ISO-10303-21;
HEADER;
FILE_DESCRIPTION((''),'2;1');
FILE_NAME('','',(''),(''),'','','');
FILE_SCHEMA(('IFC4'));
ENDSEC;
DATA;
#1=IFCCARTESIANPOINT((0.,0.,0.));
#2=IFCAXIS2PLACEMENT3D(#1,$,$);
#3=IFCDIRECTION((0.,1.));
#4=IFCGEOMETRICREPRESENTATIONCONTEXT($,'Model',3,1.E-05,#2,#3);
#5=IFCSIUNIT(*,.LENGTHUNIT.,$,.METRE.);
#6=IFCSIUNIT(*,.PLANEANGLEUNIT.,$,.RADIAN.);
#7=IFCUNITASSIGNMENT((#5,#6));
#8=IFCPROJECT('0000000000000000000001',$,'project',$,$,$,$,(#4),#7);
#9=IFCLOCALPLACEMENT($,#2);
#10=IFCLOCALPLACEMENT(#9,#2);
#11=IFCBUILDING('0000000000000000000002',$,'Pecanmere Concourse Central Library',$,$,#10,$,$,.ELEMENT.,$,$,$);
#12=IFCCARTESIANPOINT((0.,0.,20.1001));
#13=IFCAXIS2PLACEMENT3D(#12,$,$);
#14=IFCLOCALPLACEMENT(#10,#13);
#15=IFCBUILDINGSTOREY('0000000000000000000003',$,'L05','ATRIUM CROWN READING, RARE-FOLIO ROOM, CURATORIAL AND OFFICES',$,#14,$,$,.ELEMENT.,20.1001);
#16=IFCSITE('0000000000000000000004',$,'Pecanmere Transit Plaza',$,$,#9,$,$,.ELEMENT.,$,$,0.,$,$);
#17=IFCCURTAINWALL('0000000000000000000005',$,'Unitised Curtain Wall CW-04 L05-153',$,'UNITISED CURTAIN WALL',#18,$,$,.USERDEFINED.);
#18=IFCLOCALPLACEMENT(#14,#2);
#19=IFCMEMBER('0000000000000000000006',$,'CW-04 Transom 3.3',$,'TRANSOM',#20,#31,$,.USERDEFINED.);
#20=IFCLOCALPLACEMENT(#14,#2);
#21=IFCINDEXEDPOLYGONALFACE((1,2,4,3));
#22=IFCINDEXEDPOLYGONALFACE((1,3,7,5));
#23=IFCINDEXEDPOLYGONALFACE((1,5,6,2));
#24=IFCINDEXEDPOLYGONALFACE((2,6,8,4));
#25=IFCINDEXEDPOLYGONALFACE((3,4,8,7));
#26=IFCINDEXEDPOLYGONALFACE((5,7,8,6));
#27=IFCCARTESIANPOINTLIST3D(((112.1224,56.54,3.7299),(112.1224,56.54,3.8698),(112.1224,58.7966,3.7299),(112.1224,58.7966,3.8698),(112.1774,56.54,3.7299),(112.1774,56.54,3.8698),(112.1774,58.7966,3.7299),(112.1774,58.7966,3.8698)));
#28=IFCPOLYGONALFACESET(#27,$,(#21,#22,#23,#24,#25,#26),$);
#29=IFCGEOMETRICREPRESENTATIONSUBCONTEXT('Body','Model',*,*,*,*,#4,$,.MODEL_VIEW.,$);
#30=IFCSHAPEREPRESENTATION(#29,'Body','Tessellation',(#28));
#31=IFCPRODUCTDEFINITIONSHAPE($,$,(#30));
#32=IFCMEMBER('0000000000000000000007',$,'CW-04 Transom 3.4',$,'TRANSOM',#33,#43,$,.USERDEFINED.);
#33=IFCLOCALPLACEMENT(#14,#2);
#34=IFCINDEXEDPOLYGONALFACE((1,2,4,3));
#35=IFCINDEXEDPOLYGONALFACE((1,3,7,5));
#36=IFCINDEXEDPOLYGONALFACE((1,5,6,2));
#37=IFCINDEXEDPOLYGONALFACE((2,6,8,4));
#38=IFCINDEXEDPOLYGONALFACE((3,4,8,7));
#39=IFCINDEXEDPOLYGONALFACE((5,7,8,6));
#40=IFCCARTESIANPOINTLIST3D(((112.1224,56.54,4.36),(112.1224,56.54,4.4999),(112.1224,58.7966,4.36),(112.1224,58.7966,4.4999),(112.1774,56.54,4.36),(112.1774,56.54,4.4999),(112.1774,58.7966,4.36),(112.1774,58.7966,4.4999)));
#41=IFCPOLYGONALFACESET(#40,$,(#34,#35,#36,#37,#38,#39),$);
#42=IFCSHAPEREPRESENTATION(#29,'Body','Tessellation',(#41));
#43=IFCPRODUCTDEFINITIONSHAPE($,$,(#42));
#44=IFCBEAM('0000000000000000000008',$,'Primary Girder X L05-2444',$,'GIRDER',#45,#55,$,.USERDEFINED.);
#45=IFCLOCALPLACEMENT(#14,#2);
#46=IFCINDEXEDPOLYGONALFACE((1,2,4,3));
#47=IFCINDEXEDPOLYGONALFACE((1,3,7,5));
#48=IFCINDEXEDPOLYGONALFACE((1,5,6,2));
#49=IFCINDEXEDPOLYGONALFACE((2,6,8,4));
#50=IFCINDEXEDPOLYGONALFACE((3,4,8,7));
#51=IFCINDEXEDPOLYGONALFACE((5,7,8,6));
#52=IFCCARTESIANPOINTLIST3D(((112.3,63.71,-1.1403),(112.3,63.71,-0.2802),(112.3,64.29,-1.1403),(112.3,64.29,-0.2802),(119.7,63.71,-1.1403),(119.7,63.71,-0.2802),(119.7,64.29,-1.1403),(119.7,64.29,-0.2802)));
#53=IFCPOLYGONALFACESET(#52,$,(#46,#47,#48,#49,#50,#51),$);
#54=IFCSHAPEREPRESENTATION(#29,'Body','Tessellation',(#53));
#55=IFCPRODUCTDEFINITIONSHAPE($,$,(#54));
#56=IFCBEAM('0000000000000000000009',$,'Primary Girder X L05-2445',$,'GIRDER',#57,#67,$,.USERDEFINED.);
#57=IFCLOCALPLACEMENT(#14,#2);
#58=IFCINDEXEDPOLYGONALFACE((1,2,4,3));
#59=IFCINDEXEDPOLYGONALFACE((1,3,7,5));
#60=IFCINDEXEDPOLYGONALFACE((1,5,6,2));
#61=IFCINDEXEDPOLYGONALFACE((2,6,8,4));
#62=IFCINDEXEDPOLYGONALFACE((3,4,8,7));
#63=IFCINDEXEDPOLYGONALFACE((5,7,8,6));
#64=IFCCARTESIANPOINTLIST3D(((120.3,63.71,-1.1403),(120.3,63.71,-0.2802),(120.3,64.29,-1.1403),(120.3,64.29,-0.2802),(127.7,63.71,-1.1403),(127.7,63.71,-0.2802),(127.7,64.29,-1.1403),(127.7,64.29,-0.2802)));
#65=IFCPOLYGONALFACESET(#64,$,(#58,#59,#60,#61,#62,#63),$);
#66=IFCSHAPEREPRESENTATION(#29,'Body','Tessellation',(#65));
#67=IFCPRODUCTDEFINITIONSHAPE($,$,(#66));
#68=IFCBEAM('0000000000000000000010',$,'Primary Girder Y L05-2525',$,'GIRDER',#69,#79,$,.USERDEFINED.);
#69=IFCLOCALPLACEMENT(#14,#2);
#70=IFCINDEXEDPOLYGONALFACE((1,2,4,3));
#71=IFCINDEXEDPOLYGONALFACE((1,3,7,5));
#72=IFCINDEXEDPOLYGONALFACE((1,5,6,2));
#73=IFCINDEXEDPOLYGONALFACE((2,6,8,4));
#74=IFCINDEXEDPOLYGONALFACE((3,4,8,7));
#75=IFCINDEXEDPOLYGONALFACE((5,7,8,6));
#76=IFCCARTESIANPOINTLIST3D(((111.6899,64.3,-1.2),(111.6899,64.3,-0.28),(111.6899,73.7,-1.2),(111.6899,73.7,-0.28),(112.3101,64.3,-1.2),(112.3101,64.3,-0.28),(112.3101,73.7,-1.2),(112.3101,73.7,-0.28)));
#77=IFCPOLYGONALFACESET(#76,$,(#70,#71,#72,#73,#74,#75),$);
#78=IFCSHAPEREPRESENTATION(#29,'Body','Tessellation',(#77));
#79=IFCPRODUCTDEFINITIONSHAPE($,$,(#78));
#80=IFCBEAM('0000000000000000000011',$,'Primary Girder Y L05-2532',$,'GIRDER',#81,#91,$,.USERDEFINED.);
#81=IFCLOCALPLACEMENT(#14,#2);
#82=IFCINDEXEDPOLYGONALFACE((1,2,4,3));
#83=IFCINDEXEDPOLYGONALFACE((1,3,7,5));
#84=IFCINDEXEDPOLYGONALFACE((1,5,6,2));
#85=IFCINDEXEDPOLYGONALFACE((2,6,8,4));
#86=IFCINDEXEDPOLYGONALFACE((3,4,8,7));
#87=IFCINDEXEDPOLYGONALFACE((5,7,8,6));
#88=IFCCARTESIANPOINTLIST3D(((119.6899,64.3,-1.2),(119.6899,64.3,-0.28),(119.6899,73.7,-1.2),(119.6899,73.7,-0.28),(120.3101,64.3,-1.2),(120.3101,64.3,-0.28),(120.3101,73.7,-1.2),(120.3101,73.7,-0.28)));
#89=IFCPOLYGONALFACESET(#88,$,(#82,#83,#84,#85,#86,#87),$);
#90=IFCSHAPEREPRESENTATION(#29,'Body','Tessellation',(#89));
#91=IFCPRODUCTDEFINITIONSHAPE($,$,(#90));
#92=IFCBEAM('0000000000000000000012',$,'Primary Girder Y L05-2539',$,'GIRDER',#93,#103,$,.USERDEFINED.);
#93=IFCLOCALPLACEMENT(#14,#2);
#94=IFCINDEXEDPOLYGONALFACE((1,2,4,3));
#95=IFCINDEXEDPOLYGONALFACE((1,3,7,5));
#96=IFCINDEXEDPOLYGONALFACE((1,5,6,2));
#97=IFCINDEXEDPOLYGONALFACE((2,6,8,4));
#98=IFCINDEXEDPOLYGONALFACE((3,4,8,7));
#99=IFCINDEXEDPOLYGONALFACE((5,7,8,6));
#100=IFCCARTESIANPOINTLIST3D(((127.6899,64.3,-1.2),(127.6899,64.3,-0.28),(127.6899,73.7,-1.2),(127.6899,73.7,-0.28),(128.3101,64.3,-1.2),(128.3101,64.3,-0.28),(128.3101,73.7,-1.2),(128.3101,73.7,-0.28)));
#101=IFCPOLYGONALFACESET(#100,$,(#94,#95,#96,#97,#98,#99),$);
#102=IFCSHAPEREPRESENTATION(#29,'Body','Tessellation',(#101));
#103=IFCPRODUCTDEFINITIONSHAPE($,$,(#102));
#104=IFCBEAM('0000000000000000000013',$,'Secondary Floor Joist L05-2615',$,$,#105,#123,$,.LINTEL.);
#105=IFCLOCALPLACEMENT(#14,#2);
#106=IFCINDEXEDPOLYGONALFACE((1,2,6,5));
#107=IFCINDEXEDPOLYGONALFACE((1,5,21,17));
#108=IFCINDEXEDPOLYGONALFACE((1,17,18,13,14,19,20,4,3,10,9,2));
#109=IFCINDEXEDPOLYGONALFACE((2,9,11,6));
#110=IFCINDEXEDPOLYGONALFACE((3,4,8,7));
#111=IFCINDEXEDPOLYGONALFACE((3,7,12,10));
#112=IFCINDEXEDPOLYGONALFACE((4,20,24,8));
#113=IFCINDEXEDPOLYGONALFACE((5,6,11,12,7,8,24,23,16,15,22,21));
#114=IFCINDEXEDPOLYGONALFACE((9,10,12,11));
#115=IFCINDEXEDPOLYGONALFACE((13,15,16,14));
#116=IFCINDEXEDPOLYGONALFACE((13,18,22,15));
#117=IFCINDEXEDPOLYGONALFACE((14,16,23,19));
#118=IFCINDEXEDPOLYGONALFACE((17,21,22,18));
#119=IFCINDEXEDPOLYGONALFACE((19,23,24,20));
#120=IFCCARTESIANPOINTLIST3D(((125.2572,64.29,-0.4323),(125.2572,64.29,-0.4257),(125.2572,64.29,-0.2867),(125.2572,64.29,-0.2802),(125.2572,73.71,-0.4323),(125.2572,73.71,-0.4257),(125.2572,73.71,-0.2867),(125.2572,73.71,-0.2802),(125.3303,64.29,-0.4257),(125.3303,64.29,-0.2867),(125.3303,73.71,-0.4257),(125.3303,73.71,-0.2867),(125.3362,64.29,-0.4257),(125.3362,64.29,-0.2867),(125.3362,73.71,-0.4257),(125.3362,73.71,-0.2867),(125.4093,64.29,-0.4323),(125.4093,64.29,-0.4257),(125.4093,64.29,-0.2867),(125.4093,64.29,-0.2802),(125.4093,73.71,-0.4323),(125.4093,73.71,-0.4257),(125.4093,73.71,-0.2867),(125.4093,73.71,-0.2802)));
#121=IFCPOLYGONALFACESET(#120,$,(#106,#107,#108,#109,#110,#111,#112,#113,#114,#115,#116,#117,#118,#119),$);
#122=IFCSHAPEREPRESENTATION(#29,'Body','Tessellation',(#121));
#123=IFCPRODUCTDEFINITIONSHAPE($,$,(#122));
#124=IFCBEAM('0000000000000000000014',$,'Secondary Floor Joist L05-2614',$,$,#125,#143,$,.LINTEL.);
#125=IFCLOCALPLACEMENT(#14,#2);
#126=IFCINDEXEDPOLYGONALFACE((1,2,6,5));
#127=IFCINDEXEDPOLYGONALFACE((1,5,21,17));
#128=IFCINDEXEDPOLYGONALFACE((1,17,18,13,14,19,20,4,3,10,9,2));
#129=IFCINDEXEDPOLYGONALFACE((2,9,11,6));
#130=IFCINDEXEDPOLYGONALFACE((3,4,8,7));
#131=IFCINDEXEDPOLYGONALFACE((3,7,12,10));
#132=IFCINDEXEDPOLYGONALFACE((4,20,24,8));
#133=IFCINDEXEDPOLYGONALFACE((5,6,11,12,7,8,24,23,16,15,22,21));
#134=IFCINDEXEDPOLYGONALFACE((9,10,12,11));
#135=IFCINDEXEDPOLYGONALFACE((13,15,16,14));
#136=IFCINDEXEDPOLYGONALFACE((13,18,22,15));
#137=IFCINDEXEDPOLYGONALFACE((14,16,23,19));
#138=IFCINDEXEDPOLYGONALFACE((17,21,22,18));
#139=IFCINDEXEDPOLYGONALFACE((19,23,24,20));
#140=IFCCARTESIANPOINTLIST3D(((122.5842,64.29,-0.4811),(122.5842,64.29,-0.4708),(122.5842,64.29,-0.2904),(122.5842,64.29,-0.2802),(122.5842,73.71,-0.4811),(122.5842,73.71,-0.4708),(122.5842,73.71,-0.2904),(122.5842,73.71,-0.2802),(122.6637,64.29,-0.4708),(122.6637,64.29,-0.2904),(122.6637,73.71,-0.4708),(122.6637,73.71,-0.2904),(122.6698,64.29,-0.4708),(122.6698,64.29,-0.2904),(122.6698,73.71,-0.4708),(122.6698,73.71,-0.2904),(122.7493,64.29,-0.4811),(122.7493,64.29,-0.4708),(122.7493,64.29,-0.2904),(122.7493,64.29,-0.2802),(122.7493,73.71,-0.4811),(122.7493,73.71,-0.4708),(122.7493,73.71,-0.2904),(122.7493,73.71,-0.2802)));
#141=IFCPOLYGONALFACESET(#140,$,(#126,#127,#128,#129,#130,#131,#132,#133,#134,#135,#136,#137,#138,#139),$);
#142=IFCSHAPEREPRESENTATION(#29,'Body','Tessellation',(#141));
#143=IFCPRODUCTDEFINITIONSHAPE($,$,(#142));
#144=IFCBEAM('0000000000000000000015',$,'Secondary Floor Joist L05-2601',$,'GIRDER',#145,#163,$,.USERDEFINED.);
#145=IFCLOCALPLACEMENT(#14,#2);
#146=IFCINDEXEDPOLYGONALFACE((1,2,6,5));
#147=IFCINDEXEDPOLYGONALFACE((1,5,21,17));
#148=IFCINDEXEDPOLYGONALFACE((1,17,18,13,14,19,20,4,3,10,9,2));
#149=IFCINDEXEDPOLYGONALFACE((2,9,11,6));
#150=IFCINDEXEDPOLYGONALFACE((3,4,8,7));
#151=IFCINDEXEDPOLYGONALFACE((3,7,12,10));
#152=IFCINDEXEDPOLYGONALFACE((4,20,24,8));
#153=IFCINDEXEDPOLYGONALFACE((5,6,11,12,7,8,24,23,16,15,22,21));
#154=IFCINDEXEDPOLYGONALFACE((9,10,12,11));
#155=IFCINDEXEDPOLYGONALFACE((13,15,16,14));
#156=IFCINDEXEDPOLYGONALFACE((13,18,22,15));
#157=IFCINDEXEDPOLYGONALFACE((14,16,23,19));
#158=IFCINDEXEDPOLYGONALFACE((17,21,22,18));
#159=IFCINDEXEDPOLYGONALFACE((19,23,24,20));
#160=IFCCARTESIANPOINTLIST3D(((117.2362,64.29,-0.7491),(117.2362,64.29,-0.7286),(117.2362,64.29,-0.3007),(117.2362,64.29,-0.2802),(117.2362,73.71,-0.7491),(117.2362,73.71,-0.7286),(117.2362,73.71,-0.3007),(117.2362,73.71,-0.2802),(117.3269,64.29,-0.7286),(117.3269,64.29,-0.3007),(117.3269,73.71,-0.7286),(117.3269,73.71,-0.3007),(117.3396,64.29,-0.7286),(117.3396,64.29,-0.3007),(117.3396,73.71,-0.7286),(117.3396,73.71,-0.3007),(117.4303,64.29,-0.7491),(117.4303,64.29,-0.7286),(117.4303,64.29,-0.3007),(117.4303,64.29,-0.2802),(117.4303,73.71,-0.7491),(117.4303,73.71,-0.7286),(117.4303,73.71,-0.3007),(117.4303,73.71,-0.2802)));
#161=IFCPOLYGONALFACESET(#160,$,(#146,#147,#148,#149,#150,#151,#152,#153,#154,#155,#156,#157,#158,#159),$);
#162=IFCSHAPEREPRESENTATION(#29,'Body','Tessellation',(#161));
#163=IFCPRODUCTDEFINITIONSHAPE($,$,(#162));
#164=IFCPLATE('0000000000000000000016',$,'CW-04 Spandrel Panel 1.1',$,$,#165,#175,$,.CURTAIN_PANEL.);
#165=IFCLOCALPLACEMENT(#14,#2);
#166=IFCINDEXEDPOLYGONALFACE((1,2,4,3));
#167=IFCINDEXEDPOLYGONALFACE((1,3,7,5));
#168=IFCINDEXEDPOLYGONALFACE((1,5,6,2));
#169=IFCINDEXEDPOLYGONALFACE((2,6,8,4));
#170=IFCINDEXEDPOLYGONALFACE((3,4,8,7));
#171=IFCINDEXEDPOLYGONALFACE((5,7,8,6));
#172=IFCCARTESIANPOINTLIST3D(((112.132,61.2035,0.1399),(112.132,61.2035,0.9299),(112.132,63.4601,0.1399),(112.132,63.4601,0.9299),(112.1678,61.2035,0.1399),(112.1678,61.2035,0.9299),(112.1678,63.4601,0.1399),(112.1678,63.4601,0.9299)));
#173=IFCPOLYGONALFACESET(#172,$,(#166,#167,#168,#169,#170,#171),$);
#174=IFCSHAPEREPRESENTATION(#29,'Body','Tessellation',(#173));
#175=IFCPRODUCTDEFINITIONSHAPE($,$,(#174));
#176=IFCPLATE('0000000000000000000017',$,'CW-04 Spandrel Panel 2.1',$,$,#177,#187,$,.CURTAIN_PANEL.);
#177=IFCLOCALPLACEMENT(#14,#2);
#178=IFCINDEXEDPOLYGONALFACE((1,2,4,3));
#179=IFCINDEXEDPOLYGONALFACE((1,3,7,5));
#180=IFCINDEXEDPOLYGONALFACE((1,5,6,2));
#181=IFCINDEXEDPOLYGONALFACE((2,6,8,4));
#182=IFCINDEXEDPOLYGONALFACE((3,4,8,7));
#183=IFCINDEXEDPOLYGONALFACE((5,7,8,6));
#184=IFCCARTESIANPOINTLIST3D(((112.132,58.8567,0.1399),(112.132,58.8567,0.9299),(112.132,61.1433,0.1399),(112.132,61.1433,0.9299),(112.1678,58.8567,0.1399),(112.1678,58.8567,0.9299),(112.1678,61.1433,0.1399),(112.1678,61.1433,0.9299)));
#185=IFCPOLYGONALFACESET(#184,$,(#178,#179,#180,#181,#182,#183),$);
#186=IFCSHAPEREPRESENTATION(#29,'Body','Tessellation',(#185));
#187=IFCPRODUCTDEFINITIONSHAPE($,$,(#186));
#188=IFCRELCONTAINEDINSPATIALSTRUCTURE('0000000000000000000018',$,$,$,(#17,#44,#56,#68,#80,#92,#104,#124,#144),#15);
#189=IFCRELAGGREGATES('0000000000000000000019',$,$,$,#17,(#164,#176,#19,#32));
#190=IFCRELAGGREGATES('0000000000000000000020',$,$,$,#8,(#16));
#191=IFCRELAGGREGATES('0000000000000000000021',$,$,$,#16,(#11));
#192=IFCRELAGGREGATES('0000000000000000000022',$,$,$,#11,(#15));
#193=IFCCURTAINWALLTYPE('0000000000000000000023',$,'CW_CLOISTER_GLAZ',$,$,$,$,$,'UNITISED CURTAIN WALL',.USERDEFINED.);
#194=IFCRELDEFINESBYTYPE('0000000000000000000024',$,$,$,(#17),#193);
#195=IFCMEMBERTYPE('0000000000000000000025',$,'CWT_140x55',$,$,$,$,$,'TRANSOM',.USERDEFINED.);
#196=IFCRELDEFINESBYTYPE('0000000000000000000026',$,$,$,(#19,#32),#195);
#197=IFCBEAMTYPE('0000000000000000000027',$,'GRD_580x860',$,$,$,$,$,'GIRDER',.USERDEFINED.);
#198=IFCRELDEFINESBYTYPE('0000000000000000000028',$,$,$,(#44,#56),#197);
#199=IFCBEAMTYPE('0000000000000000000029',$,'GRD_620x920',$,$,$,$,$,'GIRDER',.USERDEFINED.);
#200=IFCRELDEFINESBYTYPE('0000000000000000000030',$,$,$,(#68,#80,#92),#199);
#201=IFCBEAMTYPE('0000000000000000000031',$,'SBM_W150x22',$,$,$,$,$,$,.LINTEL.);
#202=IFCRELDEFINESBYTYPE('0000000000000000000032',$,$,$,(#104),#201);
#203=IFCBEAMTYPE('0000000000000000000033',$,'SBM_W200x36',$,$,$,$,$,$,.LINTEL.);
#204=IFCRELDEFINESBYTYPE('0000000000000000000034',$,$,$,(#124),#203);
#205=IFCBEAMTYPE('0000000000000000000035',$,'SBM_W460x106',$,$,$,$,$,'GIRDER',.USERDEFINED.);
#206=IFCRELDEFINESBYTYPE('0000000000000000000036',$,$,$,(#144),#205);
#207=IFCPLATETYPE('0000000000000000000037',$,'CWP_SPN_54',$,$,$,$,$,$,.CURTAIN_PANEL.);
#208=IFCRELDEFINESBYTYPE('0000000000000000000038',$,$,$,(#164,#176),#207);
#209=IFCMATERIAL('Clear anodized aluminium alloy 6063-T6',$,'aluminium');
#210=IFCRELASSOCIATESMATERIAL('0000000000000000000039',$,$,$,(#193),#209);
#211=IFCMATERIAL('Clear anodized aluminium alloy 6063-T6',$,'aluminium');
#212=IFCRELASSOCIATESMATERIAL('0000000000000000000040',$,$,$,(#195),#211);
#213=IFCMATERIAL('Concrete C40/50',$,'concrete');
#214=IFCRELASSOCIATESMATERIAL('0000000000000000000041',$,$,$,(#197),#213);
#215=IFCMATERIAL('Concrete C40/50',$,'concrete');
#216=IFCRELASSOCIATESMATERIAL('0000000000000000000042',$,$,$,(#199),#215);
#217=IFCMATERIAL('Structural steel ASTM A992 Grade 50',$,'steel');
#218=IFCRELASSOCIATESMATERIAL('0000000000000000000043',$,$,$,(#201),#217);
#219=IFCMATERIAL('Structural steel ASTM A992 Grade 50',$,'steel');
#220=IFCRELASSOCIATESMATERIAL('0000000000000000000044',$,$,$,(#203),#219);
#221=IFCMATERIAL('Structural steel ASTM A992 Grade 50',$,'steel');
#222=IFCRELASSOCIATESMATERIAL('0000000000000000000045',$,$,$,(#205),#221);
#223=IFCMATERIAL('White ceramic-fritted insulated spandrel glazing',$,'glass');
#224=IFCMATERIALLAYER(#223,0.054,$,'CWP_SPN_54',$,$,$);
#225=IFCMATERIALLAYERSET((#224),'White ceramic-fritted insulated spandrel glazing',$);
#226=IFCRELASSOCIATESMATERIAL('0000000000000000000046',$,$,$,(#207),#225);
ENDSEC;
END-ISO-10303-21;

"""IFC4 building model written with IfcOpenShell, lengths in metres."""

from ifc_helpers import new_model, si_unit, direction, frame, origin, origin_2d, place, context, subcontext, project, spatial, rectangle, i_section, extrude, material, layer, layer_set, material_profile, profile_set, type_object, element, aggregate, save


model = new_model("IFC4")

# Units and contexts
model_context = context("Model", 3, precision=1e-05, world=origin(), true_north=direction((0.0, 1.0)))
body_context = subcontext(model_context, "Body", "Model", "MODEL_VIEW")
ifc_project = project(units=[si_unit("LENGTHUNIT", "METRE"), si_unit("PLANEANGLEUNIT", "RADIAN")], contexts=[model_context])

# Site, building, storey
site_placement = place(None, origin())
site = spatial("IfcSite", under=ifc_project, at=site_placement, Name="Pecanmere Transit Plaza", CompositionType="ELEMENT", RefElevation=0.0)
building_placement = place(site_placement, origin())
building = spatial("IfcBuilding", under=site, at=building_placement, Name="Pecanmere Concourse Central Library", CompositionType="ELEMENT")
storey_placement = place(building_placement, frame((0.0, 0.0, 20.1001)))
storey = spatial("IfcBuildingStorey", under=building, at=storey_placement, Name="L05", Description="ATRIUM CROWN READING, RARE-FOLIO ROOM, CURATORIAL AND OFFICES", CompositionType="ELEMENT", Elevation=20.1001)

# Curtain wall
ifc_material_1 = material(Name="Clear anodized aluminium alloy 6063-T6", Category="aluminium")
curtain_wall_type = type_object("IfcCurtainWallType", Name="CW_CLOISTER_GLAZ", ElementType="UNITISED CURTAIN WALL", PredefinedType="USERDEFINED", material=ifc_material_1)
curtain_wall_1_placement = place(storey_placement, origin())
curtain_wall_1 = element("IfcCurtainWall", 1, at=curtain_wall_1_placement, inside=storey, type_object=curtain_wall_type, Name="Unitised Curtain Wall CW-04 L05-153", ObjectType="UNITISED CURTAIN WALL", PredefinedType="USERDEFINED")

# Members
ifc_material_2 = material(Name="Clear anodized aluminium alloy 6063-T6", Category="aluminium")
ifc_material_profile_1 = material_profile(ifc_material_2, rectangle(XDim=0.0549, YDim=0.1399, at=origin_2d()), Name="AL 55x140")
ifc_profile_set_1 = profile_set([ifc_material_profile_1], Name="Clear anodized aluminium alloy 6063-T6")
member_type_1 = type_object("IfcMemberType", Name="CWT_140x55", ElementType="TRANSOM", PredefinedType="USERDEFINED", material=ifc_profile_set_1)
member_1_placement = place(storey_placement, frame((112.1499, 58.7966, 3.7998), z_axis=(0.0, -1.0, 0.0), x_axis=(1.0, 0.0, 0.0)))
member_1 = element("IfcMember", 2, at=member_1_placement, type_object=member_type_1, Name="CW-04 Transom 3.3", ObjectType="TRANSOM", PredefinedType="USERDEFINED", context=body_context, shape_type="SweptSolid", body=[
    extrude(rectangle(XDim=0.0549, YDim=0.1399, at=origin_2d()), origin(), (0.0, 0.0, 1.0), 2.2566),
])
member_2_placement = place(storey_placement, frame((112.1499, 58.7966, 4.4299), z_axis=(0.0, -1.0, 0.0), x_axis=(1.0, 0.0, 0.0)))
member_2 = element("IfcMember", 3, at=member_2_placement, type_object=member_type_1, Name="CW-04 Transom 3.4", ObjectType="TRANSOM", PredefinedType="USERDEFINED", context=body_context, shape_type="SweptSolid", body=[
    extrude(rectangle(XDim=0.0549, YDim=0.1399, at=origin_2d()), origin(), (0.0, 0.0, 1.0), 2.2566),
])

# Beams
ifc_material_3 = material(Name="Concrete C40/50", Category="concrete")
ifc_material_profile_2 = material_profile(ifc_material_3, rectangle(XDim=0.5801, YDim=0.8601, at=origin_2d()), Name="RC 580x860")
ifc_profile_set_2 = profile_set([ifc_material_profile_2], Name="Concrete C40/50")
beam_type_1 = type_object("IfcBeamType", Name="GRD_580x860", ElementType="GIRDER", PredefinedType="USERDEFINED", material=ifc_profile_set_2)
for number, where, z_axis, x_axis, name in (
    (4, (112.3, 64.0, -0.7102), (1.0, 0.0, 0.0), (0.0, 1.0, 0.0), "Primary Girder X L05-2444"),
    (5, (120.3, 64.0, -0.7102), (1.0, 0.0, 0.0), (0.0, 1.0, 0.0), "Primary Girder X L05-2445"),
):
    element("IfcBeam", number, at=place(storey_placement, frame(where, z_axis=z_axis, x_axis=x_axis)), inside=storey, type_object=beam_type_1, Name=name, ObjectType="GIRDER", PredefinedType="USERDEFINED", context=body_context, shape_type="SweptSolid", body=[
        extrude(rectangle(XDim=0.5801, YDim=0.8601, at=origin_2d()), origin(), (0.0, 0.0, 1.0), 7.3999),
    ])
ifc_material_4 = material(Name="Concrete C40/50", Category="concrete")
ifc_material_profile_3 = material_profile(ifc_material_4, rectangle(XDim=0.6201, YDim=0.9199, at=origin_2d()), Name="RC 620x920")
ifc_profile_set_3 = profile_set([ifc_material_profile_3], Name="Concrete C40/50")
beam_type_2 = type_object("IfcBeamType", Name="GRD_620x920", ElementType="GIRDER", PredefinedType="USERDEFINED", material=ifc_profile_set_3)
for number, where, z_axis, x_axis, name in (
    (6, (112.0, 64.3, -0.74), (0.0, 1.0, 0.0), (-1.0, 0.0, 0.0), "Primary Girder Y L05-2525"),
    (7, (120.0, 64.3, -0.74), (0.0, 1.0, 0.0), (-1.0, 0.0, 0.0), "Primary Girder Y L05-2532"),
    (8, (128.0, 64.3, -0.74), (0.0, 1.0, 0.0), (-1.0, 0.0, 0.0), "Primary Girder Y L05-2539"),
):
    element("IfcBeam", number, at=place(storey_placement, frame(where, z_axis=z_axis, x_axis=x_axis)), inside=storey, type_object=beam_type_2, Name=name, ObjectType="GIRDER", PredefinedType="USERDEFINED", context=body_context, shape_type="SweptSolid", body=[
        extrude(rectangle(XDim=0.6201, YDim=0.9199, at=origin_2d()), origin(), (0.0, 0.0, 1.0), 9.3999),
    ])
ifc_material_5 = material(Name="Structural steel ASTM A992 Grade 50", Category="steel")
ifc_material_profile_4 = material_profile(ifc_material_5, i_section(OverallWidth=0.1521, OverallDepth=0.1521, WebThickness=0.0059, FlangeThickness=0.0066, at=origin_2d()), Name="W150x22.5")
ifc_profile_set_4 = profile_set([ifc_material_profile_4], Name="Structural steel ASTM A992 Grade 50")
beam_type_3 = type_object("IfcBeamType", Name="SBM_W150x22", PredefinedType="LINTEL", material=ifc_profile_set_4)
beam_1_placement = place(storey_placement, frame((125.3333, 64.29, -0.3562), z_axis=(0.0, 1.0, 0.0), x_axis=(-1.0, 0.0, 0.0)))
element("IfcBeam", 9, at=beam_1_placement, inside=storey, type_object=beam_type_3, Name="Secondary Floor Joist L05-2615", PredefinedType="LINTEL", context=body_context, shape_type="SweptSolid", body=[
    extrude(i_section(OverallWidth=0.1521, OverallDepth=0.1521, WebThickness=0.0059, FlangeThickness=0.0066, at=origin_2d()), origin(), (0.0, 0.0, 1.0), 9.4199),
])
ifc_material_6 = material(Name="Structural steel ASTM A992 Grade 50", Category="steel")
ifc_material_profile_5 = material_profile(ifc_material_6, i_section(OverallWidth=0.165, OverallDepth=0.2009, WebThickness=0.0061, FlangeThickness=0.0103, at=origin_2d()), Name="W200x35.9")
ifc_profile_set_5 = profile_set([ifc_material_profile_5], Name="Structural steel ASTM A992 Grade 50")
beam_type_4 = type_object("IfcBeamType", Name="SBM_W200x36", PredefinedType="LINTEL", material=ifc_profile_set_5)
beam_2_placement = place(storey_placement, frame((122.6667, 64.29, -0.3806), z_axis=(0.0, 1.0, 0.0), x_axis=(-1.0, 0.0, 0.0)))
element("IfcBeam", 10, at=beam_2_placement, inside=storey, type_object=beam_type_4, Name="Secondary Floor Joist L05-2614", PredefinedType="LINTEL", context=body_context, shape_type="SweptSolid", body=[
    extrude(i_section(OverallWidth=0.165, OverallDepth=0.2009, WebThickness=0.0061, FlangeThickness=0.0103, at=origin_2d()), origin(), (0.0, 0.0, 1.0), 9.4199),
])
ifc_material_7 = material(Name="Structural steel ASTM A992 Grade 50", Category="steel")
ifc_material_profile_6 = material_profile(ifc_material_7, i_section(OverallWidth=0.1941, OverallDepth=0.469, WebThickness=0.0127, FlangeThickness=0.0205, at=origin_2d()), Name="W460x106")
ifc_profile_set_6 = profile_set([ifc_material_profile_6], Name="Structural steel ASTM A992 Grade 50")
beam_type_5 = type_object("IfcBeamType", Name="SBM_W460x106", ElementType="GIRDER", PredefinedType="USERDEFINED", material=ifc_profile_set_6)
beam_3_placement = place(storey_placement, frame((117.3333, 64.29, -0.5146), z_axis=(0.0, 1.0, 0.0), x_axis=(-1.0, 0.0, 0.0)))
element("IfcBeam", 11, at=beam_3_placement, inside=storey, type_object=beam_type_5, Name="Secondary Floor Joist L05-2601", ObjectType="GIRDER", PredefinedType="USERDEFINED", context=body_context, shape_type="SweptSolid", body=[
    extrude(i_section(OverallWidth=0.1941, OverallDepth=0.469, WebThickness=0.0127, FlangeThickness=0.0205, at=origin_2d()), origin(), (0.0, 0.0, 1.0), 9.4199),
])

# Plates
ifc_material_8 = material(Name="White ceramic-fritted insulated spandrel glazing", Category="glass")
ifc_layer_1 = layer(ifc_material_8, 0.054, Name="CWP_SPN_54")
ifc_layer_set_1 = layer_set([ifc_layer_1], Name="White ceramic-fritted insulated spandrel glazing")
plate_type_1 = type_object("IfcPlateType", Name="CWP_SPN_54", PredefinedType="CURTAIN_PANEL", material=ifc_layer_set_1)
plate_1_placement = place(storey_placement, frame((112.1499, 62.3318, 0.1399), z_axis=(0.0, 0.0, 1.0), x_axis=(0.0, -1.0, 0.0)))
plate_1 = element("IfcPlate", 12, at=plate_1_placement, type_object=plate_type_1, Name="CW-04 Spandrel Panel 1.1", PredefinedType="CURTAIN_PANEL", context=body_context, shape_type="SweptSolid", body=[
    extrude(rectangle(XDim=2.2566, YDim=0.0359, at=origin_2d()), origin(), (0.0, 0.0, 1.0), 0.79),
])
plate_2_placement = place(storey_placement, frame((112.1499, 60.0, 0.1399), z_axis=(0.0, 0.0, 1.0), x_axis=(0.0, -1.0, 0.0)))
plate_2 = element("IfcPlate", 13, at=plate_2_placement, type_object=plate_type_1, Name="CW-04 Spandrel Panel 2.1", PredefinedType="CURTAIN_PANEL", context=body_context, shape_type="SweptSolid", body=[
    extrude(rectangle(XDim=2.2866, YDim=0.0359, at=origin_2d()), origin(), (0.0, 0.0, 1.0), 0.79),
])
aggregate(curtain_wall_1, [plate_1, plate_2, member_1, member_2])

save(model, "model.ifc")
